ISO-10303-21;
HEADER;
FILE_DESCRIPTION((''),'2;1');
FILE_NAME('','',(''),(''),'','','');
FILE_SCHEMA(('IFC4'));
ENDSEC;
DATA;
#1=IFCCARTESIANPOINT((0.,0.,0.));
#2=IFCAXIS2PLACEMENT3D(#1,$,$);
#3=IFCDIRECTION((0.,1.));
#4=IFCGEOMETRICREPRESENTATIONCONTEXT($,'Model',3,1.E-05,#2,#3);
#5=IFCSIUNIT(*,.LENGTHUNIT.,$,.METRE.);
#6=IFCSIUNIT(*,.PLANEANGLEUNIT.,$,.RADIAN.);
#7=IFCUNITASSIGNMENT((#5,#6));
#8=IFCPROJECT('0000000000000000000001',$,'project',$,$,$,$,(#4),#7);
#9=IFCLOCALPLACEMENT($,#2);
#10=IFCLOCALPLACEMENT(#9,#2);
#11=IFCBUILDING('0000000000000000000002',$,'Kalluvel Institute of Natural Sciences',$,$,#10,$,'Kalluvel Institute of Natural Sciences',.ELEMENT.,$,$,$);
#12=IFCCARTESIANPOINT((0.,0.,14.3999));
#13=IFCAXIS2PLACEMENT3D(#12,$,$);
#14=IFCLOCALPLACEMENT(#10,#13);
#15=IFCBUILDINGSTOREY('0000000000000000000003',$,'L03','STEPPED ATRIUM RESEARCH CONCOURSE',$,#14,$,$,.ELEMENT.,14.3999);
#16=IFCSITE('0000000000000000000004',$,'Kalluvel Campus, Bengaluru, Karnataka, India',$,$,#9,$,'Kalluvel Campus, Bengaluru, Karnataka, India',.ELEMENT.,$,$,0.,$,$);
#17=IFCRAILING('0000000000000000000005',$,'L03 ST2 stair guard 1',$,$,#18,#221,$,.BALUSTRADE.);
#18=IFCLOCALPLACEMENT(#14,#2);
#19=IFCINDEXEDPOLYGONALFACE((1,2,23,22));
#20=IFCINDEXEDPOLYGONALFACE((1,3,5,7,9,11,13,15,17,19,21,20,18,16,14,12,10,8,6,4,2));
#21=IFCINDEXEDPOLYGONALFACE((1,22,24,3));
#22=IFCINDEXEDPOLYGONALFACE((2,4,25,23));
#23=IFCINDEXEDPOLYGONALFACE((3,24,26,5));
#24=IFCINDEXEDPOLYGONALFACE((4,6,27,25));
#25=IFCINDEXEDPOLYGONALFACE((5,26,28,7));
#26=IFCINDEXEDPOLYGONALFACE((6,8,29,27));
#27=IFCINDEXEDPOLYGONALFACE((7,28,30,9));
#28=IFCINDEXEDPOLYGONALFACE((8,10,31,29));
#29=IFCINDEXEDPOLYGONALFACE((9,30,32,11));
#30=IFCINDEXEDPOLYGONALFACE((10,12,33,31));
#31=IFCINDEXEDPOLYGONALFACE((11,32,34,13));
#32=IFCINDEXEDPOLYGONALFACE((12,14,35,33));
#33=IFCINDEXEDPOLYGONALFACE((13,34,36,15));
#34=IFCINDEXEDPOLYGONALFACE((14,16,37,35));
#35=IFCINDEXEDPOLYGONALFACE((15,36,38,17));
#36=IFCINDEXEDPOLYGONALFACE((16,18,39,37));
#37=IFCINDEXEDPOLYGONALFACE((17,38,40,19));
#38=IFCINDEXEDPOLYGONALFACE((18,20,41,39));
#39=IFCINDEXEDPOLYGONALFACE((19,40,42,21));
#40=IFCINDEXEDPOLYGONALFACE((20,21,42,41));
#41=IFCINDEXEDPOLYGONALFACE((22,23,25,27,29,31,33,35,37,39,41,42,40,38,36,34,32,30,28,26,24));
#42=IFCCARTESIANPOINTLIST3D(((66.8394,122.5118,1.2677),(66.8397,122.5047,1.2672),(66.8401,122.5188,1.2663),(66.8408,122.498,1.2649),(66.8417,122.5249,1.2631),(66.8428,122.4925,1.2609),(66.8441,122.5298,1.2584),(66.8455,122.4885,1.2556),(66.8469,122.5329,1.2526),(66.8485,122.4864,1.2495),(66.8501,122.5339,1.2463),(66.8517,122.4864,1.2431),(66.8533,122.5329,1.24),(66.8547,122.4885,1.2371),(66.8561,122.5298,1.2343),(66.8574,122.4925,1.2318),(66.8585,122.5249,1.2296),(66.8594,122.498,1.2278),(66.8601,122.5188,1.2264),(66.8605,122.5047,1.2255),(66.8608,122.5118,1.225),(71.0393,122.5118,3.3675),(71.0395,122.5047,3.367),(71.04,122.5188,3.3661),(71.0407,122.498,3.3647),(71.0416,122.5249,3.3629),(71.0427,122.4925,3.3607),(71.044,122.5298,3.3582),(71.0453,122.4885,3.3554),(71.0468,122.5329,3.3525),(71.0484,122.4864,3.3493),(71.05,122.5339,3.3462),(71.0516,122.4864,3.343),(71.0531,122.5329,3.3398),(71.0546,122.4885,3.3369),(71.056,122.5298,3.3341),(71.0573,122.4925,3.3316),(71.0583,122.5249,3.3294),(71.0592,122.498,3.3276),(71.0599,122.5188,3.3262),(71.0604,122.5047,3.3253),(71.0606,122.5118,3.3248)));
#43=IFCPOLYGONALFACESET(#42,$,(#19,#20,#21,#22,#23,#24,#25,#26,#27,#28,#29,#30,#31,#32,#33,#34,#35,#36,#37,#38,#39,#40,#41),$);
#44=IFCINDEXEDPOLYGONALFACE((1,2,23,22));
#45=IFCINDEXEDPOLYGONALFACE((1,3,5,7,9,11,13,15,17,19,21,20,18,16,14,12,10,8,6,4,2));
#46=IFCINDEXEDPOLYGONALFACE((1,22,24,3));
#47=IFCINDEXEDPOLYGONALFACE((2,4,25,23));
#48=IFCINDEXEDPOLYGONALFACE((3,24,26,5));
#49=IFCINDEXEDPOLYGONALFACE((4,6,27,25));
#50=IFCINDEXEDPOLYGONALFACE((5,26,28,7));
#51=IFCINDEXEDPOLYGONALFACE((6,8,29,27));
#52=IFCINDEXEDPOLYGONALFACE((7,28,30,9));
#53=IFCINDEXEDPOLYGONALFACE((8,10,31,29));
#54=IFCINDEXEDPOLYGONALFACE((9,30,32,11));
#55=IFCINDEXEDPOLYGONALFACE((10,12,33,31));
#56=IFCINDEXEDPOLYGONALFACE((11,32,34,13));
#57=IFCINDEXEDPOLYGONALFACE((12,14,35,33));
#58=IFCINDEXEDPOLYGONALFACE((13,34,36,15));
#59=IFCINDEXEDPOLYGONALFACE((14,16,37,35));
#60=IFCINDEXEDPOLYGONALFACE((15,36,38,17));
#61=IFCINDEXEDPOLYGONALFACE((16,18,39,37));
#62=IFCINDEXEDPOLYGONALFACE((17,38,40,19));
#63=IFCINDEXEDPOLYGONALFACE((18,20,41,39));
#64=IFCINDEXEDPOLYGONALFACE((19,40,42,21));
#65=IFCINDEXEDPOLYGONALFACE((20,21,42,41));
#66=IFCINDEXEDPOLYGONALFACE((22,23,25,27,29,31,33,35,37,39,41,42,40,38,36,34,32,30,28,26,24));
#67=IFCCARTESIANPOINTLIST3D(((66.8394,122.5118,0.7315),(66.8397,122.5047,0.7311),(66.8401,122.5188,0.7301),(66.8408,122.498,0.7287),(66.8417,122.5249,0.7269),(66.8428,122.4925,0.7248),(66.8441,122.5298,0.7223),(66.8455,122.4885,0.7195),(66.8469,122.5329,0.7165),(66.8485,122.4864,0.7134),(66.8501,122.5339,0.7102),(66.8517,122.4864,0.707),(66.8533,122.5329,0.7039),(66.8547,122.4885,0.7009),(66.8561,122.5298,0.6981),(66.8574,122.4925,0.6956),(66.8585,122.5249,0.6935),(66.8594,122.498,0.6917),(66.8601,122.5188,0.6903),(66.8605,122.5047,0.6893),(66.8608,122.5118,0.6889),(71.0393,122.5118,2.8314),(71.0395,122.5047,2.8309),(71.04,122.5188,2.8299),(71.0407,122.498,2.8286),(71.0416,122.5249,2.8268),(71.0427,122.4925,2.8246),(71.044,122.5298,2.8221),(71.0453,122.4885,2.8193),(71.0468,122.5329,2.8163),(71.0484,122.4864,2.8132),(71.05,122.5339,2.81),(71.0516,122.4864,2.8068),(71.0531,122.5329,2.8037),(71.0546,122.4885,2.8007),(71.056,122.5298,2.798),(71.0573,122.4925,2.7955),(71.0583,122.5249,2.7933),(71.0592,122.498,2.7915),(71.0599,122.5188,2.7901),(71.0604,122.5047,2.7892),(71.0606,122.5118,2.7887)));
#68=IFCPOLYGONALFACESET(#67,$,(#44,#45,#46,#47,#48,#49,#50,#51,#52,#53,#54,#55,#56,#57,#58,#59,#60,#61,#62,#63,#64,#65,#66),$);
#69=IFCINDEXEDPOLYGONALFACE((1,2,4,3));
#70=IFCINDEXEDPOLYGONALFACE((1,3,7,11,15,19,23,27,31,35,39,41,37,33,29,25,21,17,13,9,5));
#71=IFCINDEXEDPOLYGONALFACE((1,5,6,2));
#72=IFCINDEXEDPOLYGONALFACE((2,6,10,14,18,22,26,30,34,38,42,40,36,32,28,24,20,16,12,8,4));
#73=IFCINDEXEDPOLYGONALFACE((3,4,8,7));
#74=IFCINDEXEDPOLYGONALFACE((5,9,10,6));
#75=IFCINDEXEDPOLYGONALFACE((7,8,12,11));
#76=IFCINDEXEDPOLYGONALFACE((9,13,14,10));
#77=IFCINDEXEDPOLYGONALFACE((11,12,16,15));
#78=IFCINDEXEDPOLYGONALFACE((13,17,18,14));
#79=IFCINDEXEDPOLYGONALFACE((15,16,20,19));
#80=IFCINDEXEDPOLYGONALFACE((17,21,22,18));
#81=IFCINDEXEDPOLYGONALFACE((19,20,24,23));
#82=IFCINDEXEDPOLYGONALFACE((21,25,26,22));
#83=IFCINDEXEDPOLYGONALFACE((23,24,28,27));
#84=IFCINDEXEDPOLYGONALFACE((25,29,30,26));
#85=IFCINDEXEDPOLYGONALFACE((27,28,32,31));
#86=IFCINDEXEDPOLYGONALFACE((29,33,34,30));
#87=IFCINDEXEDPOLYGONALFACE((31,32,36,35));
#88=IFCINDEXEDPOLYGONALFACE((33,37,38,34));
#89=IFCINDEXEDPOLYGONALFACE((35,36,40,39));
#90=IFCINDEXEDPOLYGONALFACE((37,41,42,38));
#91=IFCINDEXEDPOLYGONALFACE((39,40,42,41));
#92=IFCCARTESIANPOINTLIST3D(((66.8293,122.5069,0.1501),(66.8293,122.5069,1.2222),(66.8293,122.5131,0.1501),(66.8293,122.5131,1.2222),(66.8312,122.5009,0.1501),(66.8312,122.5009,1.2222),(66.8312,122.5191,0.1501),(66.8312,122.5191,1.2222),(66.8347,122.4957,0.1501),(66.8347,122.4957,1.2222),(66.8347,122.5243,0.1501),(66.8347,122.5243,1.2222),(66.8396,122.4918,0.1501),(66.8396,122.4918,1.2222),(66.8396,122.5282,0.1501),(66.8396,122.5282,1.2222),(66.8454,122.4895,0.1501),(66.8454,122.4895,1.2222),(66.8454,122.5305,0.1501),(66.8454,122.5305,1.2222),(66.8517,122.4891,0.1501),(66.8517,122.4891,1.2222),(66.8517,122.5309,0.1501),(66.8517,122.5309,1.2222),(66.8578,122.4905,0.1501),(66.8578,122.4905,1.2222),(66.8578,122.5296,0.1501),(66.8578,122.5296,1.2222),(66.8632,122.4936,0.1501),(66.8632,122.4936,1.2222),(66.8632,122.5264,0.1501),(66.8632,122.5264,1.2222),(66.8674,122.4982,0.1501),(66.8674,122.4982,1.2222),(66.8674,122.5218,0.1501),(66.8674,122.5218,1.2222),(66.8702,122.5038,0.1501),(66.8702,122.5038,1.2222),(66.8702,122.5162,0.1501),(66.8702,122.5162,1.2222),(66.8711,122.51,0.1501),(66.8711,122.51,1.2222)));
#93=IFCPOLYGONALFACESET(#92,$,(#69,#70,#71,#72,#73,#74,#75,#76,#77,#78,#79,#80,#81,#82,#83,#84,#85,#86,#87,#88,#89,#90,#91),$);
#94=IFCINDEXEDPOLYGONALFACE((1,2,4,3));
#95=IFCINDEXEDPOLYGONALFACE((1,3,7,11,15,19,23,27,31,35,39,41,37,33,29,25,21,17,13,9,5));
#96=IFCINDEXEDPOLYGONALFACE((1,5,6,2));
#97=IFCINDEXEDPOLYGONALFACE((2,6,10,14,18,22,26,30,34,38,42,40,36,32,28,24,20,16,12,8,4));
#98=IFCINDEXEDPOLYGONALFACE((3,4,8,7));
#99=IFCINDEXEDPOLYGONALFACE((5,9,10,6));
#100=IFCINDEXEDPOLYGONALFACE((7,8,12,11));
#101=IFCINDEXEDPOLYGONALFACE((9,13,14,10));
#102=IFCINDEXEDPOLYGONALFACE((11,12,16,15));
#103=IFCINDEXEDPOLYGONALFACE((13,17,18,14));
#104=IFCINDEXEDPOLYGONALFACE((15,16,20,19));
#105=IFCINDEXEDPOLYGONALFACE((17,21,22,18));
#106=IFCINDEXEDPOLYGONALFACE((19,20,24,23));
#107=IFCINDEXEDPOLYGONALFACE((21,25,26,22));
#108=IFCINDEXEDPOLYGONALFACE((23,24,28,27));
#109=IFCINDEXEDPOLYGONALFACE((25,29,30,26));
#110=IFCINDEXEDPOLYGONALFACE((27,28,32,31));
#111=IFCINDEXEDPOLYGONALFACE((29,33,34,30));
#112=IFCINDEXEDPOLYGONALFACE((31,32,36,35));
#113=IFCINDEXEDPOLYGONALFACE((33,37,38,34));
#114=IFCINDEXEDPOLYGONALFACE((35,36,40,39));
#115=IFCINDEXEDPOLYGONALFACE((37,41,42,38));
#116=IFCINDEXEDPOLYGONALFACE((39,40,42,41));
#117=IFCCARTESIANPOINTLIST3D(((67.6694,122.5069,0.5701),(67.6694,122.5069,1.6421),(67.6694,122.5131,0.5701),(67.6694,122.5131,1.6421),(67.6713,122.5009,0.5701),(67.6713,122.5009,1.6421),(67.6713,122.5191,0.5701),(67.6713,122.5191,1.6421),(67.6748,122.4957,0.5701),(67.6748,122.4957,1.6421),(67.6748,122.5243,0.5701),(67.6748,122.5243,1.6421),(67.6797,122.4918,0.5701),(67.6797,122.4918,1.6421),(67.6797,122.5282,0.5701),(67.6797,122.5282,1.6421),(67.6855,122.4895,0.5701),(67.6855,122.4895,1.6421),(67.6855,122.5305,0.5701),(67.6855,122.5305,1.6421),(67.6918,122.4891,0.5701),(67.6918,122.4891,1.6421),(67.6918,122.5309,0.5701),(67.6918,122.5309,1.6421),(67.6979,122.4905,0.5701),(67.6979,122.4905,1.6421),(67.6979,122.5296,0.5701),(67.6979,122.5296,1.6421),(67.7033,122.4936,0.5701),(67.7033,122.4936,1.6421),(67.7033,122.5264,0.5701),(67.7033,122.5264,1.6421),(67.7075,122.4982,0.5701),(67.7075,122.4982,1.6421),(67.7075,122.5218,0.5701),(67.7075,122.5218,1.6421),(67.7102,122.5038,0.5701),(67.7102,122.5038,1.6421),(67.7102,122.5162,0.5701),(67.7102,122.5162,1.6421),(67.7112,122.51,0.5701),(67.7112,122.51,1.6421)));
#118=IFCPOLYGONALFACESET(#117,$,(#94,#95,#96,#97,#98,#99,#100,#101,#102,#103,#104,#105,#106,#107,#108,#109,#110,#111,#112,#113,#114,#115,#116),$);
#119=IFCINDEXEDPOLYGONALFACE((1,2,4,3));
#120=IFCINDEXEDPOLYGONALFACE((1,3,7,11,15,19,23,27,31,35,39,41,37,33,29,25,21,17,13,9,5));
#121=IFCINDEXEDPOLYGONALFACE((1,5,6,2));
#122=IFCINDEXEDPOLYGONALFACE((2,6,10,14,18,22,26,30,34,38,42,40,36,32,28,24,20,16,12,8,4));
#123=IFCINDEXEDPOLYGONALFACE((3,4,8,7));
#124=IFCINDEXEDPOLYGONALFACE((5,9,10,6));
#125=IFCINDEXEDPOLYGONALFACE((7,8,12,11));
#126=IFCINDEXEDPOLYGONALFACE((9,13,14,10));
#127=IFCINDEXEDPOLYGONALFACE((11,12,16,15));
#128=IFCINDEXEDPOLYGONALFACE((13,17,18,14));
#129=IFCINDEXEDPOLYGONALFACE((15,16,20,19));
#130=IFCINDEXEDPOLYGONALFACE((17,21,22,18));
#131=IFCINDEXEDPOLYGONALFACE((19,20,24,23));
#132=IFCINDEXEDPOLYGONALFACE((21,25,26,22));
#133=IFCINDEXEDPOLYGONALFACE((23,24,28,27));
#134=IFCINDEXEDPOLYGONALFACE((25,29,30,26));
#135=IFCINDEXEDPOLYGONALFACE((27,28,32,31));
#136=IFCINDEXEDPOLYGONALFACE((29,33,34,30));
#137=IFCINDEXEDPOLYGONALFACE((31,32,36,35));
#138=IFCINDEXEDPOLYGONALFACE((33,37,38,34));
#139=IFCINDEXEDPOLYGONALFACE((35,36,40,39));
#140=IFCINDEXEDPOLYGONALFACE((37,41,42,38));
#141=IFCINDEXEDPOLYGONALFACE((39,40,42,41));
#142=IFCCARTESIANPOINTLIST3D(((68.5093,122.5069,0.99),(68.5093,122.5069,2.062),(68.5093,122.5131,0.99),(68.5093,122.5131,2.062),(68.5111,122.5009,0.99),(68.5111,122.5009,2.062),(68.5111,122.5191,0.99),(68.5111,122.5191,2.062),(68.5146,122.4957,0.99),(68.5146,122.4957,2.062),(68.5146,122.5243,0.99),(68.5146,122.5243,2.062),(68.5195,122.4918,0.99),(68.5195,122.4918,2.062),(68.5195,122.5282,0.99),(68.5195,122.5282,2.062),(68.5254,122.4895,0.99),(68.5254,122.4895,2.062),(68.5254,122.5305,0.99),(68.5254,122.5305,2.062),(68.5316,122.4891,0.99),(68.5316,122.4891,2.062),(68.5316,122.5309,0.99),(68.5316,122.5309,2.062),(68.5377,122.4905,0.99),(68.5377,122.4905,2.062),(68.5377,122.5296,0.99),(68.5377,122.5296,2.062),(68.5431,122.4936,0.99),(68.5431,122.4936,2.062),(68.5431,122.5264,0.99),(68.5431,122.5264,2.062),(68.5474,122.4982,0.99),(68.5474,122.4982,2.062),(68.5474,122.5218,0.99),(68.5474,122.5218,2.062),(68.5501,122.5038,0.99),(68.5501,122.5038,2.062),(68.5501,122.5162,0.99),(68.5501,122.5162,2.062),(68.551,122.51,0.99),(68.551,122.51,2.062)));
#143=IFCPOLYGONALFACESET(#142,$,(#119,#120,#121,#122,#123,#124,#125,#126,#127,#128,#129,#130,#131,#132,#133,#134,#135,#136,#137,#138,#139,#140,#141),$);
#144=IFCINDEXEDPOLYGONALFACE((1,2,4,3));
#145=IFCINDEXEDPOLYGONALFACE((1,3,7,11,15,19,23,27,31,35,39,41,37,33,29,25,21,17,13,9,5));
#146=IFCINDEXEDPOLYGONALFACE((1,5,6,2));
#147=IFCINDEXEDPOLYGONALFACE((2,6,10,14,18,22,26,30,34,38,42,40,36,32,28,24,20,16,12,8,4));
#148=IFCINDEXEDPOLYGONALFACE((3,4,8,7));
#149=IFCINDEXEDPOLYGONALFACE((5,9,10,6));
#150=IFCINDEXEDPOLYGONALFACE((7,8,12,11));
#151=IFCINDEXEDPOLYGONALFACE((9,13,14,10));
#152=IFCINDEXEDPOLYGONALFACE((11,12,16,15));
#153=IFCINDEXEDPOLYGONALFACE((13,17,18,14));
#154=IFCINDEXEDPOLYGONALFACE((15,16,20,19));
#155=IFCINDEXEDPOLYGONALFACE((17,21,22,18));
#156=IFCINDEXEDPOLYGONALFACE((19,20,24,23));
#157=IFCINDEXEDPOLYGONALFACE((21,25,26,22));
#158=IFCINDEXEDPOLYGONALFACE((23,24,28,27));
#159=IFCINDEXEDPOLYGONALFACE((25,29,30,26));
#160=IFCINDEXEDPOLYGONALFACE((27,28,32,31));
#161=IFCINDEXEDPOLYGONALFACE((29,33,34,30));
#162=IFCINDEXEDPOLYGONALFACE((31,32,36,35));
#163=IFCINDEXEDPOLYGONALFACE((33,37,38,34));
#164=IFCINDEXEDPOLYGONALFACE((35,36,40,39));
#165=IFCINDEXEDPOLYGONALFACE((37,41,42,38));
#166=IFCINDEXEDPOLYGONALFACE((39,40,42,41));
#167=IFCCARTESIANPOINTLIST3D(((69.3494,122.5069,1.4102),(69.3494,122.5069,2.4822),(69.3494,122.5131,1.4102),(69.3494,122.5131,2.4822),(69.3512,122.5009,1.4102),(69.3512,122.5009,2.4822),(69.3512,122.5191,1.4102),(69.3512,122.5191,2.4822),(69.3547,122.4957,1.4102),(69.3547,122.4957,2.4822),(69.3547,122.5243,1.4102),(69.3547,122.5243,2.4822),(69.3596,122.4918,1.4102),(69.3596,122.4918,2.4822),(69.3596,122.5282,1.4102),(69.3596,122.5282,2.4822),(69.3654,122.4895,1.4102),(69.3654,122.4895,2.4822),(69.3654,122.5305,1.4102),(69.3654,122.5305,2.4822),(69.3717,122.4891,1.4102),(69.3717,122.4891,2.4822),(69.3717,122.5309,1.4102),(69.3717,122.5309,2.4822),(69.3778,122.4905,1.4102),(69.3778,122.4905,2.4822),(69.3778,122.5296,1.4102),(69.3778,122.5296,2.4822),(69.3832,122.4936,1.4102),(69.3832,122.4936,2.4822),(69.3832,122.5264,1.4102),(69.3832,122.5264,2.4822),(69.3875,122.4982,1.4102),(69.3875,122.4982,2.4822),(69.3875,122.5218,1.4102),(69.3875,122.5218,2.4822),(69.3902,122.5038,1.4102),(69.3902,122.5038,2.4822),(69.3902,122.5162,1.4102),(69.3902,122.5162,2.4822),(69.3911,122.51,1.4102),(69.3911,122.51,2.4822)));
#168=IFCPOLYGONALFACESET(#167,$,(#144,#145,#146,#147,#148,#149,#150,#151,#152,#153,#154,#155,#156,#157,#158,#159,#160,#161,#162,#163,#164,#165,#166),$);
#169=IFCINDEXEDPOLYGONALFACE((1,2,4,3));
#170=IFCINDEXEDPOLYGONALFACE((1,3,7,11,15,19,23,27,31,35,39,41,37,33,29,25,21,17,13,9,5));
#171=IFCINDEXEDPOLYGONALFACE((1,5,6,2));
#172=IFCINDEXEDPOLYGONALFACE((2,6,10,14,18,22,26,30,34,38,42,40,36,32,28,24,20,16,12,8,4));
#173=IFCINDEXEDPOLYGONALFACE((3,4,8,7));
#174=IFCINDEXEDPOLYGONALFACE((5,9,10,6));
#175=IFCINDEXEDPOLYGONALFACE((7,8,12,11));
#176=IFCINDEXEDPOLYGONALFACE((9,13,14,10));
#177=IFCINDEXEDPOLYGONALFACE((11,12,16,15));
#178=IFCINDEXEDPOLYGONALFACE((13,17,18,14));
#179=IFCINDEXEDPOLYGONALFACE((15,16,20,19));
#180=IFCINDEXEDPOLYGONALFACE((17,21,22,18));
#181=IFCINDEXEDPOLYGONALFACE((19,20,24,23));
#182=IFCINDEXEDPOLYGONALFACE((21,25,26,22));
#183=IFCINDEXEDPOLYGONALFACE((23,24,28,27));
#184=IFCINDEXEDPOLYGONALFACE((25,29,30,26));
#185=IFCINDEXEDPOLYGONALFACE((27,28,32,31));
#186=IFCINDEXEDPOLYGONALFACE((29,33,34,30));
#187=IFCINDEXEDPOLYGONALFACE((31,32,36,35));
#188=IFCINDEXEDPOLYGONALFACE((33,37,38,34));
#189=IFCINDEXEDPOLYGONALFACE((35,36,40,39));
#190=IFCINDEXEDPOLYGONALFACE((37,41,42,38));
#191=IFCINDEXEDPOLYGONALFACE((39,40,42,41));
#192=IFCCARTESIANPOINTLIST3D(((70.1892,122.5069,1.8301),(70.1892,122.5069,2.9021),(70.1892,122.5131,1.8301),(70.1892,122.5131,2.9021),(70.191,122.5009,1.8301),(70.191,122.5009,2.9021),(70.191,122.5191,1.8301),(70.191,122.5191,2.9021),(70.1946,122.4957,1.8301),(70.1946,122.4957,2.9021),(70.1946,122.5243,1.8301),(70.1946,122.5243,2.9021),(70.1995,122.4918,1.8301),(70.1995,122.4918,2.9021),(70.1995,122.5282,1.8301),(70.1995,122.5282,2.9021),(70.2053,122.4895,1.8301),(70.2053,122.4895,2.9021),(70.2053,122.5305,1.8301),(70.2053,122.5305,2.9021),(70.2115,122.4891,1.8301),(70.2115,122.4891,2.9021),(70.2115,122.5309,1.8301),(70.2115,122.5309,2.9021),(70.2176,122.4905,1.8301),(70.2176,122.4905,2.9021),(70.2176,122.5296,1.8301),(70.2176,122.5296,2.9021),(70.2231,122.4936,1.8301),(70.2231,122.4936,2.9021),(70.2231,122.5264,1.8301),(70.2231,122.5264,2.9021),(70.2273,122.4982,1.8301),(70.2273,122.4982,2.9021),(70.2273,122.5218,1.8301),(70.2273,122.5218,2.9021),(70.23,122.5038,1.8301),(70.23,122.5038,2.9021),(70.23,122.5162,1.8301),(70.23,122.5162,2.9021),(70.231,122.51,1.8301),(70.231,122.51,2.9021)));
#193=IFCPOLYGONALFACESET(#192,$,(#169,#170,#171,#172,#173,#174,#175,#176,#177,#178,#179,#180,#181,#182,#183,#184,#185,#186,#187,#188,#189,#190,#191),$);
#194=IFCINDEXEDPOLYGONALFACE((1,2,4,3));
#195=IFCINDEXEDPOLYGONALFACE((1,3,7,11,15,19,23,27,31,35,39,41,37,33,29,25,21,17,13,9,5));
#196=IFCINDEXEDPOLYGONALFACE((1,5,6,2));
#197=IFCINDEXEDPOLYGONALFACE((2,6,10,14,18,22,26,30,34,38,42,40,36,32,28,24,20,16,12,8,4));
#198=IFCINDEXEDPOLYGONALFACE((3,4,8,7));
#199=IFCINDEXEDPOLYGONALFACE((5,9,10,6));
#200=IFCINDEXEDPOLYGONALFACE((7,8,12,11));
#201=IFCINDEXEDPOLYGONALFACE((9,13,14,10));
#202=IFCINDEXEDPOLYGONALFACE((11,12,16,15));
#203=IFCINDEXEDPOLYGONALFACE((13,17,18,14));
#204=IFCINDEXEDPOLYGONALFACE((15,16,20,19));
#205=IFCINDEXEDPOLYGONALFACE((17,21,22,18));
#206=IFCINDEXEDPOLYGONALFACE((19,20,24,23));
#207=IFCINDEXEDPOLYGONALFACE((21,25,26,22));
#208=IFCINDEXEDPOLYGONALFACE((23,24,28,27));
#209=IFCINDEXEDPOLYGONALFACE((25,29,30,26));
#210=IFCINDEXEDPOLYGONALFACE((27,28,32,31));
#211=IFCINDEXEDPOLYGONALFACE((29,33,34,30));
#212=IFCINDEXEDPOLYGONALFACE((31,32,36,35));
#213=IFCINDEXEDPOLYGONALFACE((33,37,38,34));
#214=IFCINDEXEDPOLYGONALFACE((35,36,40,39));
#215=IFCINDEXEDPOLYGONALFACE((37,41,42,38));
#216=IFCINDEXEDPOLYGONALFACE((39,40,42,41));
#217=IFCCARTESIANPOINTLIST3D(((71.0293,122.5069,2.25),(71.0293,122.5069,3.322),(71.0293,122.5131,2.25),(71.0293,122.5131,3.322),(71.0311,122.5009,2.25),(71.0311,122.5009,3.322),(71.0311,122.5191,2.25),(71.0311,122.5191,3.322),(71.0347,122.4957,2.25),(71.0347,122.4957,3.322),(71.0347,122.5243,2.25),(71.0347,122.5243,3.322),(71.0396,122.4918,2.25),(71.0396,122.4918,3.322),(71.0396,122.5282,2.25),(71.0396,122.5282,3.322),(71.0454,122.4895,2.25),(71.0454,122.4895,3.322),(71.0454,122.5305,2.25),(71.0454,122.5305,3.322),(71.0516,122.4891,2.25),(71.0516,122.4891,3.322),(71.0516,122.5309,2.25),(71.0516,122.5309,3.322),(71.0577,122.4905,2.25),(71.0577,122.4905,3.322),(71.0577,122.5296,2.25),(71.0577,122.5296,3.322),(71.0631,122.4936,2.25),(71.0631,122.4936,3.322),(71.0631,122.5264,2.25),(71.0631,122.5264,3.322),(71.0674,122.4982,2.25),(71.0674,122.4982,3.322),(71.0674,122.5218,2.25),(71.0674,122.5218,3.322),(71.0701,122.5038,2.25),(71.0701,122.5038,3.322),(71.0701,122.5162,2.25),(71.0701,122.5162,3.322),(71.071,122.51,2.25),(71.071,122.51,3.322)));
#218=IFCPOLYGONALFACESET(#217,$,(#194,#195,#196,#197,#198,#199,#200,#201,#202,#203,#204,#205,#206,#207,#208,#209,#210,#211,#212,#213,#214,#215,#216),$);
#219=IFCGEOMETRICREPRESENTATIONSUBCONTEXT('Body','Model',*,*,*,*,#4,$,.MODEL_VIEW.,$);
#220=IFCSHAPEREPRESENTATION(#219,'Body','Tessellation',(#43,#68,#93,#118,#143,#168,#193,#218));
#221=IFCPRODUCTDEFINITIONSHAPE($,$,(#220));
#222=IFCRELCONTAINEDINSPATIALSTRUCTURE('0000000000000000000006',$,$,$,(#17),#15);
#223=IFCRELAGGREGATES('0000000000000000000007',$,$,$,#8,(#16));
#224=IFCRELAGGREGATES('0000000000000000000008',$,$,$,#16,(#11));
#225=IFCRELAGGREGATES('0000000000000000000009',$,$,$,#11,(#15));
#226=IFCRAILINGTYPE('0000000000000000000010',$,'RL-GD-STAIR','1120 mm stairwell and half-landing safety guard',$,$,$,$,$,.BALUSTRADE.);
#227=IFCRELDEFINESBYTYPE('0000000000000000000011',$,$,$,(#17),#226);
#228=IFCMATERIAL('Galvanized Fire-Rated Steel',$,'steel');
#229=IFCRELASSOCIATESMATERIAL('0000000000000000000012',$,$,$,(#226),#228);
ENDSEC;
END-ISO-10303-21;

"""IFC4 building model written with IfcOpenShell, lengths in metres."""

from ifc_helpers import new_model, si_unit, direction, frame, origin, origin_2d, place, context, subcontext, project, spatial, circle, extrude, material, type_object, element, save


model = new_model("IFC4")

# Units and contexts
model_context = context("Model", 3, precision=1e-05, world=origin(), true_north=direction((0.0, 1.0)))
body_context = subcontext(model_context, "Body", "Model", "MODEL_VIEW")
ifc_project = project(units=[si_unit("LENGTHUNIT", "METRE"), si_unit("PLANEANGLEUNIT", "RADIAN")], contexts=[model_context])

# Site, building, storey
site_placement = place(None, origin())
site = spatial("IfcSite", under=ifc_project, at=site_placement, Name="Kalluvel Campus, Bengaluru, Karnataka, India", LongName="Kalluvel Campus, Bengaluru, Karnataka, India", CompositionType="ELEMENT", RefElevation=0.0)
building_placement = place(site_placement, origin())
building = spatial("IfcBuilding", under=site, at=building_placement, Name="Kalluvel Institute of Natural Sciences", LongName="Kalluvel Institute of Natural Sciences", CompositionType="ELEMENT")
storey_placement = place(building_placement, frame((0.0, 0.0, 14.3999)))
storey = spatial("IfcBuildingStorey", under=building, at=storey_placement, Name="L03", Description="STEPPED ATRIUM RESEARCH CONCOURSE", CompositionType="ELEMENT", Elevation=14.3999)

# Railing
ifc_material_1 = material(Name="Galvanized Fire-Rated Steel", Category="steel")
railing_type_1 = type_object("IfcRailingType", Name="RL-GD-STAIR", Description="1120 mm stairwell and half-landing safety guard", PredefinedType="BALUSTRADE", material=ifc_material_1)
railing_1_placement = place(storey_placement, frame((66.8501, 122.51, 0.1501)))
element("IfcRailing", 1, at=railing_1_placement, inside=storey, type_object=railing_type_1, Name="L03 ST2 stair guard 1", PredefinedType="BALUSTRADE", context=body_context, shape_type="SweptSolid", body=[
    extrude(circle(Radius=0.0239, at=origin_2d()), frame((0.0, 0.0, 1.0962), z_axis=(0.894438, 0.0, 0.447193), x_axis=(0.0, 1.0, 0.0)), (0.0, 0.0, 1.0), 4.6956),
    extrude(circle(Radius=0.0239, at=origin_2d()), frame((0.0, 0.0, 0.5601), z_axis=(0.894438, 0.0, 0.447193), x_axis=(0.0, 1.0, 0.0)), (0.0, 0.0, 1.0), 4.6956),
    extrude(circle(Radius=0.021, at=origin_2d()), origin(), (0.0, 0.0, 1.0), 1.072),
    extrude(circle(Radius=0.021, at=origin_2d()), frame((0.8401, 0.0, 0.4199)), (0.0, 0.0, 1.0), 1.072),
    extrude(circle(Radius=0.021, at=origin_2d()), frame((1.6799, 0.0, 0.8398)), (0.0, 0.0, 1.0), 1.072),
    extrude(circle(Radius=0.021, at=origin_2d()), frame((2.52, 0.0, 1.26)), (0.0, 0.0, 1.0), 1.072),
    extrude(circle(Radius=0.021, at=origin_2d()), frame((3.3599, 0.0, 1.6799)), (0.0, 0.0, 1.0), 1.072),
    extrude(circle(Radius=0.021, at=origin_2d()), frame((4.2, 0.0, 2.0999)), (0.0, 0.0, 1.0), 1.072),
])

save(model, "model.ifc")
